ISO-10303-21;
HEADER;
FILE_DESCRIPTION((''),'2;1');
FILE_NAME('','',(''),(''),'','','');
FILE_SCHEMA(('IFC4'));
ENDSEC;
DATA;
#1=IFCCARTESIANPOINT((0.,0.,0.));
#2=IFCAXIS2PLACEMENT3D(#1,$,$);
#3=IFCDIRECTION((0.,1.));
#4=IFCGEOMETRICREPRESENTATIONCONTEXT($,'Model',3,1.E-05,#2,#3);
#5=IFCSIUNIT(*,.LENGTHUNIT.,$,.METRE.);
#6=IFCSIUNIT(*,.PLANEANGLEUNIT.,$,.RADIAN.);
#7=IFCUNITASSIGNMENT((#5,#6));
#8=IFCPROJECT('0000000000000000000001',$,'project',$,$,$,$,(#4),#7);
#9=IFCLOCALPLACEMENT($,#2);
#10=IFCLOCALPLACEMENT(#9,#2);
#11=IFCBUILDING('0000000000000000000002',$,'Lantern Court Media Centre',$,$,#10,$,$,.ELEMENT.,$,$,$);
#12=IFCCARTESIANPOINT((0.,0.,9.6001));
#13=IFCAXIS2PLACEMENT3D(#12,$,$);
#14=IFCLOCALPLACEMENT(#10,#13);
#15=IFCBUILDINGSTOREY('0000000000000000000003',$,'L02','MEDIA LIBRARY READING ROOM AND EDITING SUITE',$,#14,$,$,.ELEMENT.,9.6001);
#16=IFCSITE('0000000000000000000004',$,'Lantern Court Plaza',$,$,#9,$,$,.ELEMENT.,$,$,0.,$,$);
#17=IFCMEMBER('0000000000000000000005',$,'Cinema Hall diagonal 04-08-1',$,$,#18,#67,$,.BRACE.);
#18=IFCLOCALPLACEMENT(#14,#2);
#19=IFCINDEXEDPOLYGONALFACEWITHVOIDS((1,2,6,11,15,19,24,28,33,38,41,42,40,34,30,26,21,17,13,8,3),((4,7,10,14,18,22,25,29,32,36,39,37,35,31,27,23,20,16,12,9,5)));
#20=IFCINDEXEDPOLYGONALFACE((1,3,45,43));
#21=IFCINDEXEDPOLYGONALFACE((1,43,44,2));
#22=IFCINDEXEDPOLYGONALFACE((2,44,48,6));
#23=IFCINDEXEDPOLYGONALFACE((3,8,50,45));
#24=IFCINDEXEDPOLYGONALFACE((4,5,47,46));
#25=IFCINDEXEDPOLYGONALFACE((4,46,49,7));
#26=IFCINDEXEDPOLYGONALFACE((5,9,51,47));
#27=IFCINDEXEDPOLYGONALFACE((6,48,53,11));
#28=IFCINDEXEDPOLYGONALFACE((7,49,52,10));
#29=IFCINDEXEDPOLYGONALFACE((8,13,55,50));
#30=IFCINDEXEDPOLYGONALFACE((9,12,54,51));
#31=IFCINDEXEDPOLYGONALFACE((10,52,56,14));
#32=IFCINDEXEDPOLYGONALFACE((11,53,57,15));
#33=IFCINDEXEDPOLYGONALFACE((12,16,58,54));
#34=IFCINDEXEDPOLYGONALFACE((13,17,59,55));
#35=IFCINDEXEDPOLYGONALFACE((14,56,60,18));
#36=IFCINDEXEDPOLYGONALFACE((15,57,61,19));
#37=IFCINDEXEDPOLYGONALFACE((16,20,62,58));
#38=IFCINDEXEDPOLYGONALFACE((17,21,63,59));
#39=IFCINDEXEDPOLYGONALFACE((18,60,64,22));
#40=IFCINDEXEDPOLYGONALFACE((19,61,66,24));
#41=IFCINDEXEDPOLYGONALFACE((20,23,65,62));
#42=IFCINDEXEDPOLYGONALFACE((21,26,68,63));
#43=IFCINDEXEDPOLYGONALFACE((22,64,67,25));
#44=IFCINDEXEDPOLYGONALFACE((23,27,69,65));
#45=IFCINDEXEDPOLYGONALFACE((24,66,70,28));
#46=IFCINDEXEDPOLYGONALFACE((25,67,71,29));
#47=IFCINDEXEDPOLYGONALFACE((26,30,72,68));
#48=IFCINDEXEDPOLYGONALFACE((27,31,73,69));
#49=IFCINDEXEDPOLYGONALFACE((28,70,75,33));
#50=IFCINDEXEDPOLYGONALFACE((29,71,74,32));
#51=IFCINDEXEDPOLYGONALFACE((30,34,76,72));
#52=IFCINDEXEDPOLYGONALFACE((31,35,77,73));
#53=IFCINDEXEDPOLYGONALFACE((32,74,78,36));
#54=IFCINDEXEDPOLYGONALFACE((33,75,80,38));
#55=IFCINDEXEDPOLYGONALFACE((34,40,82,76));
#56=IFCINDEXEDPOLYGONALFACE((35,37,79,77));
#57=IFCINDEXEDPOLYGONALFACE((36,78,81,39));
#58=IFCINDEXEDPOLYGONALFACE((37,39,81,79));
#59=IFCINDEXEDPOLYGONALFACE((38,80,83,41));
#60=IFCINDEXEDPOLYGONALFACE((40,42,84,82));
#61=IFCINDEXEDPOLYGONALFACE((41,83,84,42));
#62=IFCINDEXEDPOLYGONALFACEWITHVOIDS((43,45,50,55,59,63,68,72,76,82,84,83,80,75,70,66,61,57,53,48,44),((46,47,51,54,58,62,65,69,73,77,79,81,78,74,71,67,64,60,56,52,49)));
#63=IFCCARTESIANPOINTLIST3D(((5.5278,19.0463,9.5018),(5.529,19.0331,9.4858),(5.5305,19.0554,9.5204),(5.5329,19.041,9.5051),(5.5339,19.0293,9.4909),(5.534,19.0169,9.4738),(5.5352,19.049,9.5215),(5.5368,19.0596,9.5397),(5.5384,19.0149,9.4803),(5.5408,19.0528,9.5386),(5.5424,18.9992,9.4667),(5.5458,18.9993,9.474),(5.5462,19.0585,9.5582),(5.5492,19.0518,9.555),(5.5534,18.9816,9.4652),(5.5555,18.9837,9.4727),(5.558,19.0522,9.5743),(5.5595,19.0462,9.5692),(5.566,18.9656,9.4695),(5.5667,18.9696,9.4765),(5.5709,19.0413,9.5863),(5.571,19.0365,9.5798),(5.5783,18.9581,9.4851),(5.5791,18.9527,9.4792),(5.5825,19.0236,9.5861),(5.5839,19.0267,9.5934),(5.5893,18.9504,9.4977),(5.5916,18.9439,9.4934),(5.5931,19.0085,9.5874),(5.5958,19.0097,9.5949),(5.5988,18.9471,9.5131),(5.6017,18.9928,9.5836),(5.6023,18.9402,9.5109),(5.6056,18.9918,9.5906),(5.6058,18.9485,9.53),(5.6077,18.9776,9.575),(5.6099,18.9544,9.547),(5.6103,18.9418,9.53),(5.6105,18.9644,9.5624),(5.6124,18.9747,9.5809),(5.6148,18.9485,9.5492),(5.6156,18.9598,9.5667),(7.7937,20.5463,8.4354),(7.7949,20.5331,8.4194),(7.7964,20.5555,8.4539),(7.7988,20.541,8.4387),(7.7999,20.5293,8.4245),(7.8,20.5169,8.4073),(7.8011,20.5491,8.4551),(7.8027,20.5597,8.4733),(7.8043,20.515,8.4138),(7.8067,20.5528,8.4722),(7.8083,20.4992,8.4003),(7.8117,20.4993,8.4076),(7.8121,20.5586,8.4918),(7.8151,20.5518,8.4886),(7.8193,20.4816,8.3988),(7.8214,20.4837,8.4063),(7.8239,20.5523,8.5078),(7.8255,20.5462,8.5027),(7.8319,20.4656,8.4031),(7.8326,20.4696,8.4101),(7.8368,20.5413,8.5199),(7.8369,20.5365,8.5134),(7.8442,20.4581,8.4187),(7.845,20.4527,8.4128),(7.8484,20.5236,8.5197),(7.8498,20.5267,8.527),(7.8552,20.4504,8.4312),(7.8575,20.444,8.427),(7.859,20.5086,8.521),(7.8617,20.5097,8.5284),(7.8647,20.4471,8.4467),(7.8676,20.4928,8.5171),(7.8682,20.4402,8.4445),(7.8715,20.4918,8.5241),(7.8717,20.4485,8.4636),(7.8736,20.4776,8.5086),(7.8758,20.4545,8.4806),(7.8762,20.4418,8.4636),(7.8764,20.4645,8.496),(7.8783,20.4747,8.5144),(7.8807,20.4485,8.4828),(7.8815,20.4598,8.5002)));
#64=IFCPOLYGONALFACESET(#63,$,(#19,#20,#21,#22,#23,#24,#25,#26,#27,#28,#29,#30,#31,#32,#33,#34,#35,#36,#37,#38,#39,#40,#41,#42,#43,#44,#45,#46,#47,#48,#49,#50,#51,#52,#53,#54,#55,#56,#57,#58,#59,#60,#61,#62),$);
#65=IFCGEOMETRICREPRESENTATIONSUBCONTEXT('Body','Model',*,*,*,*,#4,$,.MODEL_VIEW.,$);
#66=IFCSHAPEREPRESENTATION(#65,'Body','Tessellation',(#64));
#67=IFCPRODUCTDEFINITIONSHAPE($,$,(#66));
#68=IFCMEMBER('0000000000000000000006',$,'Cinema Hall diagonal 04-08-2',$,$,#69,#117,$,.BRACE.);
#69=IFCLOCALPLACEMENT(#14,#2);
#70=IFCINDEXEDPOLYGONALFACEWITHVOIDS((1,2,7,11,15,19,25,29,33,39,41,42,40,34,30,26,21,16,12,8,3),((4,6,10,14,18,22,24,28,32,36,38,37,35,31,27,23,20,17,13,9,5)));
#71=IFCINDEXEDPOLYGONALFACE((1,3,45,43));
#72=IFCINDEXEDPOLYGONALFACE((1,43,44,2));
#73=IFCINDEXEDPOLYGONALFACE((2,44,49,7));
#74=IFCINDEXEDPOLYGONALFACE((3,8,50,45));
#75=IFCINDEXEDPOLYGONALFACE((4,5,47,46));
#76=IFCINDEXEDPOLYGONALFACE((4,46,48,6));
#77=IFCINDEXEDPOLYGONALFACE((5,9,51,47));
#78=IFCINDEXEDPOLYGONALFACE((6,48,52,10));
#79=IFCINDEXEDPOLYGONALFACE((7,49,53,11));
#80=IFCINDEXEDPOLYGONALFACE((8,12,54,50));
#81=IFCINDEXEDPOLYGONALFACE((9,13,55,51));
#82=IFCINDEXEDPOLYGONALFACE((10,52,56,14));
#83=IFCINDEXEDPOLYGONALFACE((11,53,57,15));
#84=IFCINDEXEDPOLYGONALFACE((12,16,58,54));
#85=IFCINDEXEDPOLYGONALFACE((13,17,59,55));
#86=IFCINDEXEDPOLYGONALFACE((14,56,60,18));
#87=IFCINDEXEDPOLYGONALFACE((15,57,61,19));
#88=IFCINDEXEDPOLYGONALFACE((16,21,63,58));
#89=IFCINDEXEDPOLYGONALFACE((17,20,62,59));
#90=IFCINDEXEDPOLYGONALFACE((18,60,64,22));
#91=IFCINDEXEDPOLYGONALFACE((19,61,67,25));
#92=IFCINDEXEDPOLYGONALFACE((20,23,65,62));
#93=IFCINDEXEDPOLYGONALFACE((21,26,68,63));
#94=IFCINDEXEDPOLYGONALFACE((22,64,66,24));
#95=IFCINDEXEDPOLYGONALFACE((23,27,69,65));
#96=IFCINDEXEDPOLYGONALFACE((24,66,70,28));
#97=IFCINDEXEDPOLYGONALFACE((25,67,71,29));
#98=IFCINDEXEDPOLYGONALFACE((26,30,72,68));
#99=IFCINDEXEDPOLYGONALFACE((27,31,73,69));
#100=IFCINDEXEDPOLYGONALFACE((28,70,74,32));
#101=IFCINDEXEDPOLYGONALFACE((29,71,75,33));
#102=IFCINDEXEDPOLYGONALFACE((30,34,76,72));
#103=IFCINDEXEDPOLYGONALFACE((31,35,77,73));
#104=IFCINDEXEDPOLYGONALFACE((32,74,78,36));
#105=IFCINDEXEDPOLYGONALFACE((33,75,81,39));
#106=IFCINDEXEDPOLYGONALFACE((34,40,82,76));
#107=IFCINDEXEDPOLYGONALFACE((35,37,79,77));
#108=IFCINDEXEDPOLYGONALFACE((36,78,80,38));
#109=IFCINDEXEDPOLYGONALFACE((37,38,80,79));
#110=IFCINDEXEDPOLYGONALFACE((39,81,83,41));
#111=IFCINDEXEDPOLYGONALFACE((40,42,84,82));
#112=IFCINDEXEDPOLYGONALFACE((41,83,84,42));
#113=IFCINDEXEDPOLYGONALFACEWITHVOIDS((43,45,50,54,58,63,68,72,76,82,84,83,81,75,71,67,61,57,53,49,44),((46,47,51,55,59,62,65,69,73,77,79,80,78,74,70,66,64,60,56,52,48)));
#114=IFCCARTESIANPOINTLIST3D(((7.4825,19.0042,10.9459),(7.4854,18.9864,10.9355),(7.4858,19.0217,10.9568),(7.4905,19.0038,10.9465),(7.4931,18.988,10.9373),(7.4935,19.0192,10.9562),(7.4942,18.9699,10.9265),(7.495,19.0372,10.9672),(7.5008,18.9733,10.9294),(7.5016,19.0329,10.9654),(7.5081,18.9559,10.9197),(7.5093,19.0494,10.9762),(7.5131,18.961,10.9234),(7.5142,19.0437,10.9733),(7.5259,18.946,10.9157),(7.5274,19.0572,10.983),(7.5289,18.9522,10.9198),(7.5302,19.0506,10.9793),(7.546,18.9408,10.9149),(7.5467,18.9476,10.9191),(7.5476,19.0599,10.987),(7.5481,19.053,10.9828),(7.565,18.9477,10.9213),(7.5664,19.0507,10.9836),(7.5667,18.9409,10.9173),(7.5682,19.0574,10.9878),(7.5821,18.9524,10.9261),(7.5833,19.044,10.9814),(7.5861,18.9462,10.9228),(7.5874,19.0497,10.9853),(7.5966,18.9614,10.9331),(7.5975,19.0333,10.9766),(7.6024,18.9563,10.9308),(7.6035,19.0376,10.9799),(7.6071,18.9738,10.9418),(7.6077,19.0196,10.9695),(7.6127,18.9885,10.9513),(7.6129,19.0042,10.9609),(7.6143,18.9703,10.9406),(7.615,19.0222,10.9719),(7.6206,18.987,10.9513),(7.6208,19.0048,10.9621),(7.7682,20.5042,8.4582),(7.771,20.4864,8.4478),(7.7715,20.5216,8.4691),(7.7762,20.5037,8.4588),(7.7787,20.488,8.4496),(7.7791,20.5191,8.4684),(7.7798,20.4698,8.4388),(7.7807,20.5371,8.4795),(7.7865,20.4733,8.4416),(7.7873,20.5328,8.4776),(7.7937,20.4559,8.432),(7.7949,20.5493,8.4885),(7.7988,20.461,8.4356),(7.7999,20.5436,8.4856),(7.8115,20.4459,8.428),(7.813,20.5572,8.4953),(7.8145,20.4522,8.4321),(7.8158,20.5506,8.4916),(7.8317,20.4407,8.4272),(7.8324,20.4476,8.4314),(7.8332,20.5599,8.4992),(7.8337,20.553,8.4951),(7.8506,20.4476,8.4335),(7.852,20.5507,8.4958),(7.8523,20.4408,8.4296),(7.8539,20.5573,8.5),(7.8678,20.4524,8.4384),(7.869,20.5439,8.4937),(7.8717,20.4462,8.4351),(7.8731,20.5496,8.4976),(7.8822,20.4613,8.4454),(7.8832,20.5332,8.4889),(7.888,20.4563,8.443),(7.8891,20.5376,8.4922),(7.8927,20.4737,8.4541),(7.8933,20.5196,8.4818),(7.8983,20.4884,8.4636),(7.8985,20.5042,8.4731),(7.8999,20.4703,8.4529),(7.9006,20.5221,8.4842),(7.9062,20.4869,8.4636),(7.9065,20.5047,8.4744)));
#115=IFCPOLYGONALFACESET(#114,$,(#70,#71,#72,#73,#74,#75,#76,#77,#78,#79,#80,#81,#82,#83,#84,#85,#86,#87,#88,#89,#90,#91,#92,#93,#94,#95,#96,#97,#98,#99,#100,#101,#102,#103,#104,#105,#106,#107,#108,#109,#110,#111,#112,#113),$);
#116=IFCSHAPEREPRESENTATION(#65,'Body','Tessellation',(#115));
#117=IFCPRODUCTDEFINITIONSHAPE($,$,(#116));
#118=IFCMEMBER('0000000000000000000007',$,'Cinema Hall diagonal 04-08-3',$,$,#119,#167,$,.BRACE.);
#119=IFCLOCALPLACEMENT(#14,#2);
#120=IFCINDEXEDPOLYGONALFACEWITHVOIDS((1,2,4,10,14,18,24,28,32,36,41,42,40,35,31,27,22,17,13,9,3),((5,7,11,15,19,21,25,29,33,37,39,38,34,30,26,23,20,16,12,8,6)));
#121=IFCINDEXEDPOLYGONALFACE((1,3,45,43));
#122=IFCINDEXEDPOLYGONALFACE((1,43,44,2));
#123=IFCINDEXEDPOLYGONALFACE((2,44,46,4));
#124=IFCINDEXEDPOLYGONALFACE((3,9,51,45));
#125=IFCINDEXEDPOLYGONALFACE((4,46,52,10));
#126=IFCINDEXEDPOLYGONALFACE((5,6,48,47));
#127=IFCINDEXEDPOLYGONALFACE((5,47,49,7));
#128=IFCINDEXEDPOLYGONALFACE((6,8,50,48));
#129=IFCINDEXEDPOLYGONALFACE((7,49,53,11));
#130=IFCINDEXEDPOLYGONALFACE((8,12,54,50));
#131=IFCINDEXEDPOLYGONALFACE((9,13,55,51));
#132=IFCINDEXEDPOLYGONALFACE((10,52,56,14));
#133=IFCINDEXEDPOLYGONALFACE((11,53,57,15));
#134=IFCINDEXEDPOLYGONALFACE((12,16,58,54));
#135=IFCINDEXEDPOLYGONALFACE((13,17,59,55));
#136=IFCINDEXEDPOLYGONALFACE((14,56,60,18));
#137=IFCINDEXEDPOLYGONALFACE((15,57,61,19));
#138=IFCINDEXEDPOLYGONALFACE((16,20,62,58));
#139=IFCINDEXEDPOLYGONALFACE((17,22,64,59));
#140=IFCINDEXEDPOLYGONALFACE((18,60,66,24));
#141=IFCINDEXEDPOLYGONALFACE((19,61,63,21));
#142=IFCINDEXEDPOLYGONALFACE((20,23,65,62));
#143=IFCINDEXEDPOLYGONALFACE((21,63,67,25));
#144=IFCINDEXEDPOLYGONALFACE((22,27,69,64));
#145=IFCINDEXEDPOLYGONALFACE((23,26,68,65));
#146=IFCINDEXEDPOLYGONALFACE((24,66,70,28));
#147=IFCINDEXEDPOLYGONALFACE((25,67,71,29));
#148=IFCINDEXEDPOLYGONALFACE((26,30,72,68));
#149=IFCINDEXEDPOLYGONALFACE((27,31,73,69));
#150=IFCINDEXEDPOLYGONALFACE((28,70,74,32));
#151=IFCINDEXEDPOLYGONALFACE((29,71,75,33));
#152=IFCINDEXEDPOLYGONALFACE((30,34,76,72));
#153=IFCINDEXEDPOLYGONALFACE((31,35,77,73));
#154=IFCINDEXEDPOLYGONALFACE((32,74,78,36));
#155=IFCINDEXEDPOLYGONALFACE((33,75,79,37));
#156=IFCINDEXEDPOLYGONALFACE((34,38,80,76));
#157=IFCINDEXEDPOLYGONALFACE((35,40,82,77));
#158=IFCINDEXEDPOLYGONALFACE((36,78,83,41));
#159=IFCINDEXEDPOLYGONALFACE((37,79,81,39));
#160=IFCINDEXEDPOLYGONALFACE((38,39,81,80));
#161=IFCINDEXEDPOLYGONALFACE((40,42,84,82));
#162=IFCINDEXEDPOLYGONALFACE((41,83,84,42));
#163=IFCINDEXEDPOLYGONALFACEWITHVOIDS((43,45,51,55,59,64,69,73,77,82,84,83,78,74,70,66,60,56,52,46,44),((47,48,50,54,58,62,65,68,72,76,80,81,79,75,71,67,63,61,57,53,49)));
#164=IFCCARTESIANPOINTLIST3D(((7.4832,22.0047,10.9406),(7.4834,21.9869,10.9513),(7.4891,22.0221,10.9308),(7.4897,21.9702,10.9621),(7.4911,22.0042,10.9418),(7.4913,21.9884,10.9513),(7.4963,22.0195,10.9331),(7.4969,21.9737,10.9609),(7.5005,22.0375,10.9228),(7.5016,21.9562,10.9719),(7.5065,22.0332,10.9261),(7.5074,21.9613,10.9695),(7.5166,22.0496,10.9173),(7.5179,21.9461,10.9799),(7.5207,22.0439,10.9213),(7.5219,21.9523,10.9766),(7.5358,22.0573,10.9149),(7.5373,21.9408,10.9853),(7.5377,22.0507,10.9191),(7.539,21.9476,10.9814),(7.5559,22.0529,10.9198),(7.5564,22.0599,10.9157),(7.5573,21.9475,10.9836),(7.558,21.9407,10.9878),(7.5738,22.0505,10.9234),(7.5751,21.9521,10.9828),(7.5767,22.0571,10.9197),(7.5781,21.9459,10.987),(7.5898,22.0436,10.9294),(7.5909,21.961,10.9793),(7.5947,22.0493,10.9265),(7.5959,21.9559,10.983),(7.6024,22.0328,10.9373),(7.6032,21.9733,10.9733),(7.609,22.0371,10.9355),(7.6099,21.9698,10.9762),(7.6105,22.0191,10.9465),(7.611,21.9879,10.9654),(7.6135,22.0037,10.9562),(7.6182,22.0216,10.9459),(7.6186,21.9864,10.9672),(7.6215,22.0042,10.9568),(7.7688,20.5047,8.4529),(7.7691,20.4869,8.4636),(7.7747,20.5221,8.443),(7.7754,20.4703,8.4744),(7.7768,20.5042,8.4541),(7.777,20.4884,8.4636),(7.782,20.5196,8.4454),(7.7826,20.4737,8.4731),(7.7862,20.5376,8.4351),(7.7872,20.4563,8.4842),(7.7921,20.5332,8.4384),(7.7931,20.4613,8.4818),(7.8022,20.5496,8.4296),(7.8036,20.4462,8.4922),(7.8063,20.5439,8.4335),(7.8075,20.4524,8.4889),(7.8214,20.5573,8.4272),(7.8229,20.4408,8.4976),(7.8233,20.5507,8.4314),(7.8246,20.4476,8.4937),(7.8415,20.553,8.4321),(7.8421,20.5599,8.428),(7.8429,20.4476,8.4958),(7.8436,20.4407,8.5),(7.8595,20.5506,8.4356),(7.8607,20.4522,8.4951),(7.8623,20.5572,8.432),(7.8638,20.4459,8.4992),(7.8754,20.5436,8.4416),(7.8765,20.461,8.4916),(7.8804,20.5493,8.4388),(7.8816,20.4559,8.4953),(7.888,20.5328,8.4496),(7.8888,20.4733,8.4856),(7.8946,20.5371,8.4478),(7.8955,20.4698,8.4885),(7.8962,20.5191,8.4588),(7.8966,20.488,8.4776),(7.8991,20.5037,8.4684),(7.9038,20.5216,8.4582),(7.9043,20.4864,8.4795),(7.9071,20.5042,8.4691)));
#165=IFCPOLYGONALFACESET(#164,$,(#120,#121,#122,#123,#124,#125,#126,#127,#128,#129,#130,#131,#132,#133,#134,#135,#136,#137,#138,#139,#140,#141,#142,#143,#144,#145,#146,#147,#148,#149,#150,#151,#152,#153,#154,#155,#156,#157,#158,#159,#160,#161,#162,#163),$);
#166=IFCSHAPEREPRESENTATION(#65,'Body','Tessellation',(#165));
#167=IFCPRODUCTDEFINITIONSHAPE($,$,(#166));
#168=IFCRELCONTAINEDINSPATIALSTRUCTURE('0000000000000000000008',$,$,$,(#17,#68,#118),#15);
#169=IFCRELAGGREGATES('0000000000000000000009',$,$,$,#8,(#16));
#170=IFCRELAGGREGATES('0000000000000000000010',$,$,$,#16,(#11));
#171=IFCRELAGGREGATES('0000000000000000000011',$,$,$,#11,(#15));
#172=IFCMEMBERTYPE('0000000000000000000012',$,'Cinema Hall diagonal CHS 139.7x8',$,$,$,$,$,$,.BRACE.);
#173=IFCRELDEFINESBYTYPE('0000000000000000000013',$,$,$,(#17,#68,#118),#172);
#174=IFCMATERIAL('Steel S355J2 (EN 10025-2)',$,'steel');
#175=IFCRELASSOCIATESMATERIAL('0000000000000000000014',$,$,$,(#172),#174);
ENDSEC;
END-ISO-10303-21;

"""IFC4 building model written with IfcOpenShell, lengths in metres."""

from ifc_helpers import new_model, si_unit, direction, frame, origin, origin_2d, place, context, subcontext, project, spatial, hollow_circle, extrude, material, material_profile, profile_set, type_object, element, save


model = new_model("IFC4")

# Units and contexts
model_context = context("Model", 3, precision=1e-05, world=origin(), true_north=direction((0.0, 1.0)))
body_context = subcontext(model_context, "Body", "Model", "MODEL_VIEW")
ifc_project = project(units=[si_unit("LENGTHUNIT", "METRE"), si_unit("PLANEANGLEUNIT", "RADIAN")], contexts=[model_context])

# Site, building, storey
site_placement = place(None, origin())
site = spatial("IfcSite", under=ifc_project, at=site_placement, Name="Lantern Court Plaza", CompositionType="ELEMENT", RefElevation=0.0)
building_placement = place(site_placement, origin())
building = spatial("IfcBuilding", under=site, at=building_placement, Name="Lantern Court Media Centre", CompositionType="ELEMENT")
storey_placement = place(building_placement, frame((0.0, 0.0, 9.6001)))
storey = spatial("IfcBuildingStorey", under=building, at=storey_placement, Name="L02", Description="MEDIA LIBRARY READING ROOM AND EDITING SUITE", CompositionType="ELEMENT", Elevation=9.6001)

# Members
ifc_material = material(Name="Steel S355J2 (EN 10025-2)", Category="steel")
ifc_material_profile_1 = material_profile(ifc_material, hollow_circle(Radius=0.0698, WallThickness=0.0081, at=origin_2d()), Name="Cinema Hall diagonal CHS 139.7x8")
ifc_profile_set_1 = profile_set([ifc_material_profile_1], Name="Steel S355J2 (EN 10025-2)")
member_type_1 = type_object("IfcMemberType", Name="Cinema Hall diagonal CHS 139.7x8", PredefinedType="BRACE", material=ifc_profile_set_1)
member_1_placement = place(storey_placement, frame((7.8376, 20.5, 8.4636), z_axis=(-0.776211, -0.51385, 0.365315), x_axis=(0.552002, -0.833843, 0.0)))
element("IfcMember", 1, at=member_1_placement, inside=storey, type_object=member_type_1, Name="Cinema Hall diagonal 04-08-1", PredefinedType="BRACE", context=body_context, shape_type="SweptSolid", body=[
    extrude(hollow_circle(Radius=0.0698, WallThickness=0.0081, at=origin_2d()), origin(), (0.0, 0.0, 1.0), 2.9192),
])
for number, where, z_axis, x_axis, name in (
    (2, (7.8376, 20.5, 8.4636), (-0.097856, -0.51387, 0.852268), (0.982347, -0.187068, 0.0), "Cinema Hall diagonal 04-08-2"),
    (3, (7.8376, 20.5, 8.4636), (-0.097856, 0.51387, 0.852268), (-0.982347, -0.187068, 0.0), "Cinema Hall diagonal 04-08-3"),
):
    element("IfcMember", number, at=place(storey_placement, frame(where, z_axis=z_axis, x_axis=x_axis)), inside=storey, type_object=member_type_1, Name=name, PredefinedType="BRACE", context=body_context, shape_type="SweptSolid", body=[
        extrude(hollow_circle(Radius=0.0698, WallThickness=0.0081, at=origin_2d()), origin(), (0.0, 0.0, 1.0), 2.9189),
    ])

save(model, "model.ifc")
